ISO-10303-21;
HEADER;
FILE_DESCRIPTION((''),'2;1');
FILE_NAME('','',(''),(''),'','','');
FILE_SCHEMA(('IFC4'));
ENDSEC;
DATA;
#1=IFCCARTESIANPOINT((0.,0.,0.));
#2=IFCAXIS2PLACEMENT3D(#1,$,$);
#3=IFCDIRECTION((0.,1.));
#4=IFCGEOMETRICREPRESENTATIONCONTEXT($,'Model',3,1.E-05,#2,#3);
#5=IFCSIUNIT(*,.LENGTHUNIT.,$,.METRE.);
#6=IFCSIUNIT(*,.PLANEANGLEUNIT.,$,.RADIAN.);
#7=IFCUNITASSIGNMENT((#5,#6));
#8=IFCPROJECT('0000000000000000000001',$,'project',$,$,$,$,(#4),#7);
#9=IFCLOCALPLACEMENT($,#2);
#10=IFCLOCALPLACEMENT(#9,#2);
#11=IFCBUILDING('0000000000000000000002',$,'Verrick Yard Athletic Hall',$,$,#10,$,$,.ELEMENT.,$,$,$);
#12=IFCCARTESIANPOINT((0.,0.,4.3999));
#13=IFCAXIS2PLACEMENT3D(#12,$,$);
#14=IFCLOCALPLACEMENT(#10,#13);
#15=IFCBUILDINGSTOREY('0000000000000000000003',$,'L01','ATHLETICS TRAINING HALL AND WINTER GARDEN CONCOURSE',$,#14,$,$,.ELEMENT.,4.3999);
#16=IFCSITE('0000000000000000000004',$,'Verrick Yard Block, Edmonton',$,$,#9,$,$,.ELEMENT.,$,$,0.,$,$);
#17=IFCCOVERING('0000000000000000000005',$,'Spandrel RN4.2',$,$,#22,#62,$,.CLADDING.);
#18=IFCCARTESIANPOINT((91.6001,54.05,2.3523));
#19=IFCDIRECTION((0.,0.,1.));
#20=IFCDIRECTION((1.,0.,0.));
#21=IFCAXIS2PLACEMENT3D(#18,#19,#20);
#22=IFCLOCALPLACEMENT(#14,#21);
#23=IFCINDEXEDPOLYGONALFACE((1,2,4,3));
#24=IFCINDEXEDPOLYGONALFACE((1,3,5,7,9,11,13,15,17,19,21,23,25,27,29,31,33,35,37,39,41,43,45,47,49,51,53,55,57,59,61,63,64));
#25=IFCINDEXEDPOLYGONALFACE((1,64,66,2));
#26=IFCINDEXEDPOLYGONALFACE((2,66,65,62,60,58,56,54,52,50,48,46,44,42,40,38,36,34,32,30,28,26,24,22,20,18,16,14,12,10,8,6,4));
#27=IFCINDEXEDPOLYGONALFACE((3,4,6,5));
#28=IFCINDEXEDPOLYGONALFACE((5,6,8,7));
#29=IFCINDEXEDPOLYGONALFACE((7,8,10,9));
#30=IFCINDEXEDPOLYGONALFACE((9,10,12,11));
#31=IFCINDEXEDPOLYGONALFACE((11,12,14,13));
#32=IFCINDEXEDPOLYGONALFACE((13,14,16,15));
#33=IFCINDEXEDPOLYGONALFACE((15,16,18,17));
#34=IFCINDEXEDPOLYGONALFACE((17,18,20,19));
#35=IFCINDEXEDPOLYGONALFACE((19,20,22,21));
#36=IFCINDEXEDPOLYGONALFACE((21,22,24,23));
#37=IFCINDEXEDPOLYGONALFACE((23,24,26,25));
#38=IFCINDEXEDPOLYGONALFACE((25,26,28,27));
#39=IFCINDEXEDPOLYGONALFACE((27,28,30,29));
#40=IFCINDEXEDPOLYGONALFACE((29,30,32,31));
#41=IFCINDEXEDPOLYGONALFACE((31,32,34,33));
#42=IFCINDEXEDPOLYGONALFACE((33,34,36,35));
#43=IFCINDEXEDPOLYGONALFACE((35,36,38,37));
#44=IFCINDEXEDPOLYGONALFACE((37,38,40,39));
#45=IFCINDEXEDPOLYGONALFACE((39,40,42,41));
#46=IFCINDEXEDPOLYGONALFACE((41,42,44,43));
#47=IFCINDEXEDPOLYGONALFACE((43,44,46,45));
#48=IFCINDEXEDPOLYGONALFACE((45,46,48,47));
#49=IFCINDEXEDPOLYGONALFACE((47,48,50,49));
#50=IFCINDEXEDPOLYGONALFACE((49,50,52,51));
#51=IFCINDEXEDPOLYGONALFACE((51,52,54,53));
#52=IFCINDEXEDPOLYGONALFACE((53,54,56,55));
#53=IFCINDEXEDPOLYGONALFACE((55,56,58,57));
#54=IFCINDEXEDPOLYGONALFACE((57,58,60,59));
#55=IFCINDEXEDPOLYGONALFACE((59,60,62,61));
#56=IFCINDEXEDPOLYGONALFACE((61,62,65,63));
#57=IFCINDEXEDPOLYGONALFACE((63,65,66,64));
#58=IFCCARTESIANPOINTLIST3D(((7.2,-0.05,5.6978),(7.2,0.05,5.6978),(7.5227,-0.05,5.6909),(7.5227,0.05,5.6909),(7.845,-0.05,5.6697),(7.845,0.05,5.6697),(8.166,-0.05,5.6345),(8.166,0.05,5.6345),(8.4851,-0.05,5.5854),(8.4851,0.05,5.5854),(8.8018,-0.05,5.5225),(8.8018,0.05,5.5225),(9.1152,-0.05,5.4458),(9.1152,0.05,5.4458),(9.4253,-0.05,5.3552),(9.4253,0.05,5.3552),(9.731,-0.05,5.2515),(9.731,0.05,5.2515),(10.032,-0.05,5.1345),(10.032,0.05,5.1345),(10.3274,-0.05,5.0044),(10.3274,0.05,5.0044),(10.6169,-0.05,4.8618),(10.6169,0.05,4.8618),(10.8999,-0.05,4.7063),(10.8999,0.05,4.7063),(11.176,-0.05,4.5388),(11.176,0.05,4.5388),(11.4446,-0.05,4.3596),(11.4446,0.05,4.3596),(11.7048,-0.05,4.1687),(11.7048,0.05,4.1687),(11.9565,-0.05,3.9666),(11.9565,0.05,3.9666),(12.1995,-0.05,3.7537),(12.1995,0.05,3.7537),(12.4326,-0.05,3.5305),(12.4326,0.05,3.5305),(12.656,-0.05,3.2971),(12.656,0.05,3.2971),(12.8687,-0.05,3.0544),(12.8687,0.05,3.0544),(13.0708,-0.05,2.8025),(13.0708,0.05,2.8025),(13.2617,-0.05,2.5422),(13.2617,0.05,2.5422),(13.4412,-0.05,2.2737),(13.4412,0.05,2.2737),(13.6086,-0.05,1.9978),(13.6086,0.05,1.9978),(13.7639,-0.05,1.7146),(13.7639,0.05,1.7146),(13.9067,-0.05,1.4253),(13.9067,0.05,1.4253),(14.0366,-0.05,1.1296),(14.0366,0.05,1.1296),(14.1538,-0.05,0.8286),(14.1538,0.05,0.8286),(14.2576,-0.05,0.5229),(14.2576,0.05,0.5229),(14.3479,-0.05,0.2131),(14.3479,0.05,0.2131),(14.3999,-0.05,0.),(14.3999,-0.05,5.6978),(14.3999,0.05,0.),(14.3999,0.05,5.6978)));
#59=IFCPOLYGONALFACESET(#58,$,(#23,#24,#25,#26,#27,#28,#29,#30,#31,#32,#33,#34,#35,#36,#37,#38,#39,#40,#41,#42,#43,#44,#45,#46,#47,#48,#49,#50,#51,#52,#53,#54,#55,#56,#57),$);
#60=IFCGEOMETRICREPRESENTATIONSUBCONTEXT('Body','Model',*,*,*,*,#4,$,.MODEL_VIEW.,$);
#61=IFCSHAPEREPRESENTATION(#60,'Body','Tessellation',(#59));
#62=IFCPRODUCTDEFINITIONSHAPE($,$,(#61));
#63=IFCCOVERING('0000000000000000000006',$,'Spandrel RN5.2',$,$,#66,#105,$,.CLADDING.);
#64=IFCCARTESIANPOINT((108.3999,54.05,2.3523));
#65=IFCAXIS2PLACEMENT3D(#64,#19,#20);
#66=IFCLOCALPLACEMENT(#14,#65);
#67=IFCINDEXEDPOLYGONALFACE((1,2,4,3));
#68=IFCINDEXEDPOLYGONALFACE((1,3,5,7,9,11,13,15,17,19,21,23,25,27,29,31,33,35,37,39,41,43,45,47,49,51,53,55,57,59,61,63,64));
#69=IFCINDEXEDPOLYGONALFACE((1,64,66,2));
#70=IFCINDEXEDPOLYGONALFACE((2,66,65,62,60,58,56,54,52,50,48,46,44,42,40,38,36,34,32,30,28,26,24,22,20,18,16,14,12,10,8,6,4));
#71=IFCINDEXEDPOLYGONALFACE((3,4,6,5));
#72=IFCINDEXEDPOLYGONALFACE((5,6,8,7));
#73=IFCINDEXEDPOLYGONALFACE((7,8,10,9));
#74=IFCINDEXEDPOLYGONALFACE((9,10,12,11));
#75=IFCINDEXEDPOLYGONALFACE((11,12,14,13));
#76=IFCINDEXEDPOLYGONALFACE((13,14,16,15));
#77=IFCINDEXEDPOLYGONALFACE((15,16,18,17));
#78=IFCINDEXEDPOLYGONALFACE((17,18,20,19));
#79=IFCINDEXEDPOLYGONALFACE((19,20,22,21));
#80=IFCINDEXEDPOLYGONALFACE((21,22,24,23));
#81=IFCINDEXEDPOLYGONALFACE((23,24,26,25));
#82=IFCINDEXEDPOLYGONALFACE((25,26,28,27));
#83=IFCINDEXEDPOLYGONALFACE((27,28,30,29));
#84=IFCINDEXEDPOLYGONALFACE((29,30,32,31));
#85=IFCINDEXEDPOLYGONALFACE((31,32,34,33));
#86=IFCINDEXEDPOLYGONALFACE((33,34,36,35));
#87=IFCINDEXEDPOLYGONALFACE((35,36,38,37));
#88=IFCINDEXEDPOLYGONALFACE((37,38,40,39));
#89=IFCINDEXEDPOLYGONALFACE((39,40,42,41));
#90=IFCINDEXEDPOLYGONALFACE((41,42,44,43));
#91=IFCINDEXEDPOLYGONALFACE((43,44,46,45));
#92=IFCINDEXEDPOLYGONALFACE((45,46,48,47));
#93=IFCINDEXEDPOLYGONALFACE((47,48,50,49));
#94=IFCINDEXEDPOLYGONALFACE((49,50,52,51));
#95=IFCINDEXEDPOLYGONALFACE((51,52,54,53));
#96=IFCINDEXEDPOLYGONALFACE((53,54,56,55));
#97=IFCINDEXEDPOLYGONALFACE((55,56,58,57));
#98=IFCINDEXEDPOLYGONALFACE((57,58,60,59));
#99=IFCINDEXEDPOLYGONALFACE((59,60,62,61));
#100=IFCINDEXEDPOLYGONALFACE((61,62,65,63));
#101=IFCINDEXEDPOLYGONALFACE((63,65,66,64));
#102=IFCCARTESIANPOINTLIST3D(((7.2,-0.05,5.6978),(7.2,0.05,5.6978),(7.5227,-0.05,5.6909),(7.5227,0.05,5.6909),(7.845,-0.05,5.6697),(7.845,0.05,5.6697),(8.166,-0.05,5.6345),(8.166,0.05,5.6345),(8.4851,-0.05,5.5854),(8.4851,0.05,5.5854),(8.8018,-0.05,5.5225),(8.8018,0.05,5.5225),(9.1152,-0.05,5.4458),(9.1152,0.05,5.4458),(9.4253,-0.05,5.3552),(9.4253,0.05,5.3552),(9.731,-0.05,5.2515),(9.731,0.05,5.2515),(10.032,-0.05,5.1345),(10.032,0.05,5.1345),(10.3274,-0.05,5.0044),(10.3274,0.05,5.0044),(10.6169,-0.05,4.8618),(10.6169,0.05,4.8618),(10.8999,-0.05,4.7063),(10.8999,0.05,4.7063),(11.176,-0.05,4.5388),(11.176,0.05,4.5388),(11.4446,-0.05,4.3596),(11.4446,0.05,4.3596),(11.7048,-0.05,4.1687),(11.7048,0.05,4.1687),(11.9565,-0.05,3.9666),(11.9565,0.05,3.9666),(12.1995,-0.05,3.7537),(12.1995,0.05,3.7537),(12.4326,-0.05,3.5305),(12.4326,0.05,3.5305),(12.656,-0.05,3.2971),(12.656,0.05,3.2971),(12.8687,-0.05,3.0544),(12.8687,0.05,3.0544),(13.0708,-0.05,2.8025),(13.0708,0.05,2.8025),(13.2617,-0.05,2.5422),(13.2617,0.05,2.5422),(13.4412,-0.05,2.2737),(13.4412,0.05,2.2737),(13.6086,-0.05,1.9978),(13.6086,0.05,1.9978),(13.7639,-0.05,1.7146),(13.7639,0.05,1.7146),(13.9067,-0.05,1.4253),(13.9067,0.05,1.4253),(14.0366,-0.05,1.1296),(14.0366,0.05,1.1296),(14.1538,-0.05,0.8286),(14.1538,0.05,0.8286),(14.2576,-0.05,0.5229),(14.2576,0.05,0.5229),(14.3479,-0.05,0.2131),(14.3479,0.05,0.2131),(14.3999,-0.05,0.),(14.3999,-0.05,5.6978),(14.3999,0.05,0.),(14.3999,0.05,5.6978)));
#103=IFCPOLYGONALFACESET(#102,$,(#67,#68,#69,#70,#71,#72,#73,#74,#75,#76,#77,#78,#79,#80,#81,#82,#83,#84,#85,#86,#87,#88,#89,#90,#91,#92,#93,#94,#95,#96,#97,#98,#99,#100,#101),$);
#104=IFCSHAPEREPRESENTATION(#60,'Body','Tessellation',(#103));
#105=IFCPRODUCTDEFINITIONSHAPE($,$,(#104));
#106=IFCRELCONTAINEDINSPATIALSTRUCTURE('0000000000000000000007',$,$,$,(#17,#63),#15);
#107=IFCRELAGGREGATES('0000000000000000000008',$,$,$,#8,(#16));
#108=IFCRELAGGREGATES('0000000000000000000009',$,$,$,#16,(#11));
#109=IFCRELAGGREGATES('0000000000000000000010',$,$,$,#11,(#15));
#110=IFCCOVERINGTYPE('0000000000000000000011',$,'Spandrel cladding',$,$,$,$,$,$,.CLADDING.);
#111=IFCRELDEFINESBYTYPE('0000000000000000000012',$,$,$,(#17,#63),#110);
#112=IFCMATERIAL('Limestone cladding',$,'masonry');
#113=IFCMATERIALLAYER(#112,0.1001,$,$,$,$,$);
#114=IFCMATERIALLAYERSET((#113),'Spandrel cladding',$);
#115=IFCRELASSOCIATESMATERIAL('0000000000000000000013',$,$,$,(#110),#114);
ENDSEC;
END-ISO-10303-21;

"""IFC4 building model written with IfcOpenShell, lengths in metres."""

from ifc_helpers import new_model, si_unit, direction, frame, origin, place, context, subcontext, project, spatial, polyline, outline, extrude, material, layer, layer_set, type_object, element, save


model = new_model("IFC4")

# Units and contexts
model_context = context("Model", 3, precision=1e-05, world=origin(), true_north=direction((0.0, 1.0)))
body_context = subcontext(model_context, "Body", "Model", "MODEL_VIEW")
ifc_project = project(units=[si_unit("LENGTHUNIT", "METRE"), si_unit("PLANEANGLEUNIT", "RADIAN")], contexts=[model_context])

# Site, building, storey
site_placement = place(None, origin())
site = spatial("IfcSite", under=ifc_project, at=site_placement, Name="Verrick Yard Block, Edmonton", CompositionType="ELEMENT", RefElevation=0.0)
building_placement = place(site_placement, origin())
building = spatial("IfcBuilding", under=site, at=building_placement, Name="Verrick Yard Athletic Hall", CompositionType="ELEMENT")
storey_placement = place(building_placement, frame((0.0, 0.0, 4.3999)))
storey = spatial("IfcBuildingStorey", under=building, at=storey_placement, Name="L01", Description="ATHLETICS TRAINING HALL AND WINTER GARDEN CONCOURSE", CompositionType="ELEMENT", Elevation=4.3999)

# Coverings
ifc_material_1 = material(Name="Limestone cladding", Category="masonry")
ifc_layer_1 = layer(ifc_material_1, 0.1001)
ifc_layer_set_1 = layer_set([ifc_layer_1], Name="Spandrel cladding")
covering_type_1 = type_object("IfcCoveringType", Name="Spandrel cladding", PredefinedType="CLADDING", material=ifc_layer_set_1)
covering_1_placement = place(storey_placement, frame((91.6001, 54.05, 2.3523), z_axis=(0.0, 0.0, 1.0), x_axis=(1.0, 0.0, 0.0)))
element("IfcCovering", 1, at=covering_1_placement, inside=storey, type_object=covering_type_1, Name="Spandrel RN4.2", PredefinedType="CLADDING", context=body_context, shape_type="SweptSolid", body=[
    extrude(outline(polyline([(7.2, 5.6978), (7.5227, 5.6909), (7.845, 5.6697), (8.166, 5.6345), (8.4851, 5.5854), (8.8018, 5.5225), (9.1152, 5.4458), (9.4253, 5.3552), (9.731, 5.2515), (10.032, 5.1345), (10.3274, 5.0044), (10.6169, 4.8618), (10.8999, 4.7063), (11.176, 4.5388), (11.4446, 4.3596), (11.7048, 4.1687), (11.9565, 3.9666), (12.1995, 3.7537), (12.4326, 3.5305), (12.656, 3.2971), (12.8687, 3.0544), (13.0708, 2.8025), (13.2617, 2.5422), (13.4412, 2.2737), (13.6086, 1.9978), (13.7639, 1.7146), (13.9067, 1.4253), (14.0366, 1.1296), (14.1538, 0.8286), (14.2576, 0.5229), (14.3479, 0.2131), (14.3999, 0.0), (14.3999, 5.6978), (7.2, 5.6978)])), frame((0.0, 0.05, 0.0), z_axis=(0.0, -1.0, 0.0), x_axis=(1.0, 0.0, 0.0)), (0.0, 0.0, 1.0), 0.1001),
])
covering_2_placement = place(storey_placement, frame((108.3999, 54.05, 2.3523), z_axis=(0.0, 0.0, 1.0), x_axis=(1.0, 0.0, 0.0)))
element("IfcCovering", 2, at=covering_2_placement, inside=storey, type_object=covering_type_1, Name="Spandrel RN5.2", PredefinedType="CLADDING", context=body_context, shape_type="SweptSolid", body=[
    extrude(outline(polyline([(7.2, 5.6978), (7.5227, 5.6909), (7.845, 5.6697), (8.166, 5.6345), (8.4851, 5.5854), (8.8018, 5.5225), (9.1152, 5.4458), (9.4253, 5.3552), (9.731, 5.2515), (10.032, 5.1345), (10.3274, 5.0044), (10.6169, 4.8618), (10.8999, 4.7063), (11.176, 4.5388), (11.4446, 4.3596), (11.7048, 4.1687), (11.9565, 3.9666), (12.1995, 3.7537), (12.4326, 3.5305), (12.656, 3.2971), (12.8687, 3.0544), (13.0708, 2.8025), (13.2617, 2.5422), (13.4412, 2.2737), (13.6086, 1.9978), (13.7639, 1.7146), (13.9067, 1.4253), (14.0366, 1.1296), (14.1538, 0.8286), (14.2576, 0.5229), (14.3479, 0.2131), (14.3999, 0.0), (14.3999, 5.6978), (7.2, 5.6978)])), frame((0.0, 0.05, 0.0), z_axis=(0.0, -1.0, 0.0), x_axis=(1.0, 0.0, 0.0)), (0.0, 0.0, 1.0), 0.1001),
])

save(model, "model.ifc")
